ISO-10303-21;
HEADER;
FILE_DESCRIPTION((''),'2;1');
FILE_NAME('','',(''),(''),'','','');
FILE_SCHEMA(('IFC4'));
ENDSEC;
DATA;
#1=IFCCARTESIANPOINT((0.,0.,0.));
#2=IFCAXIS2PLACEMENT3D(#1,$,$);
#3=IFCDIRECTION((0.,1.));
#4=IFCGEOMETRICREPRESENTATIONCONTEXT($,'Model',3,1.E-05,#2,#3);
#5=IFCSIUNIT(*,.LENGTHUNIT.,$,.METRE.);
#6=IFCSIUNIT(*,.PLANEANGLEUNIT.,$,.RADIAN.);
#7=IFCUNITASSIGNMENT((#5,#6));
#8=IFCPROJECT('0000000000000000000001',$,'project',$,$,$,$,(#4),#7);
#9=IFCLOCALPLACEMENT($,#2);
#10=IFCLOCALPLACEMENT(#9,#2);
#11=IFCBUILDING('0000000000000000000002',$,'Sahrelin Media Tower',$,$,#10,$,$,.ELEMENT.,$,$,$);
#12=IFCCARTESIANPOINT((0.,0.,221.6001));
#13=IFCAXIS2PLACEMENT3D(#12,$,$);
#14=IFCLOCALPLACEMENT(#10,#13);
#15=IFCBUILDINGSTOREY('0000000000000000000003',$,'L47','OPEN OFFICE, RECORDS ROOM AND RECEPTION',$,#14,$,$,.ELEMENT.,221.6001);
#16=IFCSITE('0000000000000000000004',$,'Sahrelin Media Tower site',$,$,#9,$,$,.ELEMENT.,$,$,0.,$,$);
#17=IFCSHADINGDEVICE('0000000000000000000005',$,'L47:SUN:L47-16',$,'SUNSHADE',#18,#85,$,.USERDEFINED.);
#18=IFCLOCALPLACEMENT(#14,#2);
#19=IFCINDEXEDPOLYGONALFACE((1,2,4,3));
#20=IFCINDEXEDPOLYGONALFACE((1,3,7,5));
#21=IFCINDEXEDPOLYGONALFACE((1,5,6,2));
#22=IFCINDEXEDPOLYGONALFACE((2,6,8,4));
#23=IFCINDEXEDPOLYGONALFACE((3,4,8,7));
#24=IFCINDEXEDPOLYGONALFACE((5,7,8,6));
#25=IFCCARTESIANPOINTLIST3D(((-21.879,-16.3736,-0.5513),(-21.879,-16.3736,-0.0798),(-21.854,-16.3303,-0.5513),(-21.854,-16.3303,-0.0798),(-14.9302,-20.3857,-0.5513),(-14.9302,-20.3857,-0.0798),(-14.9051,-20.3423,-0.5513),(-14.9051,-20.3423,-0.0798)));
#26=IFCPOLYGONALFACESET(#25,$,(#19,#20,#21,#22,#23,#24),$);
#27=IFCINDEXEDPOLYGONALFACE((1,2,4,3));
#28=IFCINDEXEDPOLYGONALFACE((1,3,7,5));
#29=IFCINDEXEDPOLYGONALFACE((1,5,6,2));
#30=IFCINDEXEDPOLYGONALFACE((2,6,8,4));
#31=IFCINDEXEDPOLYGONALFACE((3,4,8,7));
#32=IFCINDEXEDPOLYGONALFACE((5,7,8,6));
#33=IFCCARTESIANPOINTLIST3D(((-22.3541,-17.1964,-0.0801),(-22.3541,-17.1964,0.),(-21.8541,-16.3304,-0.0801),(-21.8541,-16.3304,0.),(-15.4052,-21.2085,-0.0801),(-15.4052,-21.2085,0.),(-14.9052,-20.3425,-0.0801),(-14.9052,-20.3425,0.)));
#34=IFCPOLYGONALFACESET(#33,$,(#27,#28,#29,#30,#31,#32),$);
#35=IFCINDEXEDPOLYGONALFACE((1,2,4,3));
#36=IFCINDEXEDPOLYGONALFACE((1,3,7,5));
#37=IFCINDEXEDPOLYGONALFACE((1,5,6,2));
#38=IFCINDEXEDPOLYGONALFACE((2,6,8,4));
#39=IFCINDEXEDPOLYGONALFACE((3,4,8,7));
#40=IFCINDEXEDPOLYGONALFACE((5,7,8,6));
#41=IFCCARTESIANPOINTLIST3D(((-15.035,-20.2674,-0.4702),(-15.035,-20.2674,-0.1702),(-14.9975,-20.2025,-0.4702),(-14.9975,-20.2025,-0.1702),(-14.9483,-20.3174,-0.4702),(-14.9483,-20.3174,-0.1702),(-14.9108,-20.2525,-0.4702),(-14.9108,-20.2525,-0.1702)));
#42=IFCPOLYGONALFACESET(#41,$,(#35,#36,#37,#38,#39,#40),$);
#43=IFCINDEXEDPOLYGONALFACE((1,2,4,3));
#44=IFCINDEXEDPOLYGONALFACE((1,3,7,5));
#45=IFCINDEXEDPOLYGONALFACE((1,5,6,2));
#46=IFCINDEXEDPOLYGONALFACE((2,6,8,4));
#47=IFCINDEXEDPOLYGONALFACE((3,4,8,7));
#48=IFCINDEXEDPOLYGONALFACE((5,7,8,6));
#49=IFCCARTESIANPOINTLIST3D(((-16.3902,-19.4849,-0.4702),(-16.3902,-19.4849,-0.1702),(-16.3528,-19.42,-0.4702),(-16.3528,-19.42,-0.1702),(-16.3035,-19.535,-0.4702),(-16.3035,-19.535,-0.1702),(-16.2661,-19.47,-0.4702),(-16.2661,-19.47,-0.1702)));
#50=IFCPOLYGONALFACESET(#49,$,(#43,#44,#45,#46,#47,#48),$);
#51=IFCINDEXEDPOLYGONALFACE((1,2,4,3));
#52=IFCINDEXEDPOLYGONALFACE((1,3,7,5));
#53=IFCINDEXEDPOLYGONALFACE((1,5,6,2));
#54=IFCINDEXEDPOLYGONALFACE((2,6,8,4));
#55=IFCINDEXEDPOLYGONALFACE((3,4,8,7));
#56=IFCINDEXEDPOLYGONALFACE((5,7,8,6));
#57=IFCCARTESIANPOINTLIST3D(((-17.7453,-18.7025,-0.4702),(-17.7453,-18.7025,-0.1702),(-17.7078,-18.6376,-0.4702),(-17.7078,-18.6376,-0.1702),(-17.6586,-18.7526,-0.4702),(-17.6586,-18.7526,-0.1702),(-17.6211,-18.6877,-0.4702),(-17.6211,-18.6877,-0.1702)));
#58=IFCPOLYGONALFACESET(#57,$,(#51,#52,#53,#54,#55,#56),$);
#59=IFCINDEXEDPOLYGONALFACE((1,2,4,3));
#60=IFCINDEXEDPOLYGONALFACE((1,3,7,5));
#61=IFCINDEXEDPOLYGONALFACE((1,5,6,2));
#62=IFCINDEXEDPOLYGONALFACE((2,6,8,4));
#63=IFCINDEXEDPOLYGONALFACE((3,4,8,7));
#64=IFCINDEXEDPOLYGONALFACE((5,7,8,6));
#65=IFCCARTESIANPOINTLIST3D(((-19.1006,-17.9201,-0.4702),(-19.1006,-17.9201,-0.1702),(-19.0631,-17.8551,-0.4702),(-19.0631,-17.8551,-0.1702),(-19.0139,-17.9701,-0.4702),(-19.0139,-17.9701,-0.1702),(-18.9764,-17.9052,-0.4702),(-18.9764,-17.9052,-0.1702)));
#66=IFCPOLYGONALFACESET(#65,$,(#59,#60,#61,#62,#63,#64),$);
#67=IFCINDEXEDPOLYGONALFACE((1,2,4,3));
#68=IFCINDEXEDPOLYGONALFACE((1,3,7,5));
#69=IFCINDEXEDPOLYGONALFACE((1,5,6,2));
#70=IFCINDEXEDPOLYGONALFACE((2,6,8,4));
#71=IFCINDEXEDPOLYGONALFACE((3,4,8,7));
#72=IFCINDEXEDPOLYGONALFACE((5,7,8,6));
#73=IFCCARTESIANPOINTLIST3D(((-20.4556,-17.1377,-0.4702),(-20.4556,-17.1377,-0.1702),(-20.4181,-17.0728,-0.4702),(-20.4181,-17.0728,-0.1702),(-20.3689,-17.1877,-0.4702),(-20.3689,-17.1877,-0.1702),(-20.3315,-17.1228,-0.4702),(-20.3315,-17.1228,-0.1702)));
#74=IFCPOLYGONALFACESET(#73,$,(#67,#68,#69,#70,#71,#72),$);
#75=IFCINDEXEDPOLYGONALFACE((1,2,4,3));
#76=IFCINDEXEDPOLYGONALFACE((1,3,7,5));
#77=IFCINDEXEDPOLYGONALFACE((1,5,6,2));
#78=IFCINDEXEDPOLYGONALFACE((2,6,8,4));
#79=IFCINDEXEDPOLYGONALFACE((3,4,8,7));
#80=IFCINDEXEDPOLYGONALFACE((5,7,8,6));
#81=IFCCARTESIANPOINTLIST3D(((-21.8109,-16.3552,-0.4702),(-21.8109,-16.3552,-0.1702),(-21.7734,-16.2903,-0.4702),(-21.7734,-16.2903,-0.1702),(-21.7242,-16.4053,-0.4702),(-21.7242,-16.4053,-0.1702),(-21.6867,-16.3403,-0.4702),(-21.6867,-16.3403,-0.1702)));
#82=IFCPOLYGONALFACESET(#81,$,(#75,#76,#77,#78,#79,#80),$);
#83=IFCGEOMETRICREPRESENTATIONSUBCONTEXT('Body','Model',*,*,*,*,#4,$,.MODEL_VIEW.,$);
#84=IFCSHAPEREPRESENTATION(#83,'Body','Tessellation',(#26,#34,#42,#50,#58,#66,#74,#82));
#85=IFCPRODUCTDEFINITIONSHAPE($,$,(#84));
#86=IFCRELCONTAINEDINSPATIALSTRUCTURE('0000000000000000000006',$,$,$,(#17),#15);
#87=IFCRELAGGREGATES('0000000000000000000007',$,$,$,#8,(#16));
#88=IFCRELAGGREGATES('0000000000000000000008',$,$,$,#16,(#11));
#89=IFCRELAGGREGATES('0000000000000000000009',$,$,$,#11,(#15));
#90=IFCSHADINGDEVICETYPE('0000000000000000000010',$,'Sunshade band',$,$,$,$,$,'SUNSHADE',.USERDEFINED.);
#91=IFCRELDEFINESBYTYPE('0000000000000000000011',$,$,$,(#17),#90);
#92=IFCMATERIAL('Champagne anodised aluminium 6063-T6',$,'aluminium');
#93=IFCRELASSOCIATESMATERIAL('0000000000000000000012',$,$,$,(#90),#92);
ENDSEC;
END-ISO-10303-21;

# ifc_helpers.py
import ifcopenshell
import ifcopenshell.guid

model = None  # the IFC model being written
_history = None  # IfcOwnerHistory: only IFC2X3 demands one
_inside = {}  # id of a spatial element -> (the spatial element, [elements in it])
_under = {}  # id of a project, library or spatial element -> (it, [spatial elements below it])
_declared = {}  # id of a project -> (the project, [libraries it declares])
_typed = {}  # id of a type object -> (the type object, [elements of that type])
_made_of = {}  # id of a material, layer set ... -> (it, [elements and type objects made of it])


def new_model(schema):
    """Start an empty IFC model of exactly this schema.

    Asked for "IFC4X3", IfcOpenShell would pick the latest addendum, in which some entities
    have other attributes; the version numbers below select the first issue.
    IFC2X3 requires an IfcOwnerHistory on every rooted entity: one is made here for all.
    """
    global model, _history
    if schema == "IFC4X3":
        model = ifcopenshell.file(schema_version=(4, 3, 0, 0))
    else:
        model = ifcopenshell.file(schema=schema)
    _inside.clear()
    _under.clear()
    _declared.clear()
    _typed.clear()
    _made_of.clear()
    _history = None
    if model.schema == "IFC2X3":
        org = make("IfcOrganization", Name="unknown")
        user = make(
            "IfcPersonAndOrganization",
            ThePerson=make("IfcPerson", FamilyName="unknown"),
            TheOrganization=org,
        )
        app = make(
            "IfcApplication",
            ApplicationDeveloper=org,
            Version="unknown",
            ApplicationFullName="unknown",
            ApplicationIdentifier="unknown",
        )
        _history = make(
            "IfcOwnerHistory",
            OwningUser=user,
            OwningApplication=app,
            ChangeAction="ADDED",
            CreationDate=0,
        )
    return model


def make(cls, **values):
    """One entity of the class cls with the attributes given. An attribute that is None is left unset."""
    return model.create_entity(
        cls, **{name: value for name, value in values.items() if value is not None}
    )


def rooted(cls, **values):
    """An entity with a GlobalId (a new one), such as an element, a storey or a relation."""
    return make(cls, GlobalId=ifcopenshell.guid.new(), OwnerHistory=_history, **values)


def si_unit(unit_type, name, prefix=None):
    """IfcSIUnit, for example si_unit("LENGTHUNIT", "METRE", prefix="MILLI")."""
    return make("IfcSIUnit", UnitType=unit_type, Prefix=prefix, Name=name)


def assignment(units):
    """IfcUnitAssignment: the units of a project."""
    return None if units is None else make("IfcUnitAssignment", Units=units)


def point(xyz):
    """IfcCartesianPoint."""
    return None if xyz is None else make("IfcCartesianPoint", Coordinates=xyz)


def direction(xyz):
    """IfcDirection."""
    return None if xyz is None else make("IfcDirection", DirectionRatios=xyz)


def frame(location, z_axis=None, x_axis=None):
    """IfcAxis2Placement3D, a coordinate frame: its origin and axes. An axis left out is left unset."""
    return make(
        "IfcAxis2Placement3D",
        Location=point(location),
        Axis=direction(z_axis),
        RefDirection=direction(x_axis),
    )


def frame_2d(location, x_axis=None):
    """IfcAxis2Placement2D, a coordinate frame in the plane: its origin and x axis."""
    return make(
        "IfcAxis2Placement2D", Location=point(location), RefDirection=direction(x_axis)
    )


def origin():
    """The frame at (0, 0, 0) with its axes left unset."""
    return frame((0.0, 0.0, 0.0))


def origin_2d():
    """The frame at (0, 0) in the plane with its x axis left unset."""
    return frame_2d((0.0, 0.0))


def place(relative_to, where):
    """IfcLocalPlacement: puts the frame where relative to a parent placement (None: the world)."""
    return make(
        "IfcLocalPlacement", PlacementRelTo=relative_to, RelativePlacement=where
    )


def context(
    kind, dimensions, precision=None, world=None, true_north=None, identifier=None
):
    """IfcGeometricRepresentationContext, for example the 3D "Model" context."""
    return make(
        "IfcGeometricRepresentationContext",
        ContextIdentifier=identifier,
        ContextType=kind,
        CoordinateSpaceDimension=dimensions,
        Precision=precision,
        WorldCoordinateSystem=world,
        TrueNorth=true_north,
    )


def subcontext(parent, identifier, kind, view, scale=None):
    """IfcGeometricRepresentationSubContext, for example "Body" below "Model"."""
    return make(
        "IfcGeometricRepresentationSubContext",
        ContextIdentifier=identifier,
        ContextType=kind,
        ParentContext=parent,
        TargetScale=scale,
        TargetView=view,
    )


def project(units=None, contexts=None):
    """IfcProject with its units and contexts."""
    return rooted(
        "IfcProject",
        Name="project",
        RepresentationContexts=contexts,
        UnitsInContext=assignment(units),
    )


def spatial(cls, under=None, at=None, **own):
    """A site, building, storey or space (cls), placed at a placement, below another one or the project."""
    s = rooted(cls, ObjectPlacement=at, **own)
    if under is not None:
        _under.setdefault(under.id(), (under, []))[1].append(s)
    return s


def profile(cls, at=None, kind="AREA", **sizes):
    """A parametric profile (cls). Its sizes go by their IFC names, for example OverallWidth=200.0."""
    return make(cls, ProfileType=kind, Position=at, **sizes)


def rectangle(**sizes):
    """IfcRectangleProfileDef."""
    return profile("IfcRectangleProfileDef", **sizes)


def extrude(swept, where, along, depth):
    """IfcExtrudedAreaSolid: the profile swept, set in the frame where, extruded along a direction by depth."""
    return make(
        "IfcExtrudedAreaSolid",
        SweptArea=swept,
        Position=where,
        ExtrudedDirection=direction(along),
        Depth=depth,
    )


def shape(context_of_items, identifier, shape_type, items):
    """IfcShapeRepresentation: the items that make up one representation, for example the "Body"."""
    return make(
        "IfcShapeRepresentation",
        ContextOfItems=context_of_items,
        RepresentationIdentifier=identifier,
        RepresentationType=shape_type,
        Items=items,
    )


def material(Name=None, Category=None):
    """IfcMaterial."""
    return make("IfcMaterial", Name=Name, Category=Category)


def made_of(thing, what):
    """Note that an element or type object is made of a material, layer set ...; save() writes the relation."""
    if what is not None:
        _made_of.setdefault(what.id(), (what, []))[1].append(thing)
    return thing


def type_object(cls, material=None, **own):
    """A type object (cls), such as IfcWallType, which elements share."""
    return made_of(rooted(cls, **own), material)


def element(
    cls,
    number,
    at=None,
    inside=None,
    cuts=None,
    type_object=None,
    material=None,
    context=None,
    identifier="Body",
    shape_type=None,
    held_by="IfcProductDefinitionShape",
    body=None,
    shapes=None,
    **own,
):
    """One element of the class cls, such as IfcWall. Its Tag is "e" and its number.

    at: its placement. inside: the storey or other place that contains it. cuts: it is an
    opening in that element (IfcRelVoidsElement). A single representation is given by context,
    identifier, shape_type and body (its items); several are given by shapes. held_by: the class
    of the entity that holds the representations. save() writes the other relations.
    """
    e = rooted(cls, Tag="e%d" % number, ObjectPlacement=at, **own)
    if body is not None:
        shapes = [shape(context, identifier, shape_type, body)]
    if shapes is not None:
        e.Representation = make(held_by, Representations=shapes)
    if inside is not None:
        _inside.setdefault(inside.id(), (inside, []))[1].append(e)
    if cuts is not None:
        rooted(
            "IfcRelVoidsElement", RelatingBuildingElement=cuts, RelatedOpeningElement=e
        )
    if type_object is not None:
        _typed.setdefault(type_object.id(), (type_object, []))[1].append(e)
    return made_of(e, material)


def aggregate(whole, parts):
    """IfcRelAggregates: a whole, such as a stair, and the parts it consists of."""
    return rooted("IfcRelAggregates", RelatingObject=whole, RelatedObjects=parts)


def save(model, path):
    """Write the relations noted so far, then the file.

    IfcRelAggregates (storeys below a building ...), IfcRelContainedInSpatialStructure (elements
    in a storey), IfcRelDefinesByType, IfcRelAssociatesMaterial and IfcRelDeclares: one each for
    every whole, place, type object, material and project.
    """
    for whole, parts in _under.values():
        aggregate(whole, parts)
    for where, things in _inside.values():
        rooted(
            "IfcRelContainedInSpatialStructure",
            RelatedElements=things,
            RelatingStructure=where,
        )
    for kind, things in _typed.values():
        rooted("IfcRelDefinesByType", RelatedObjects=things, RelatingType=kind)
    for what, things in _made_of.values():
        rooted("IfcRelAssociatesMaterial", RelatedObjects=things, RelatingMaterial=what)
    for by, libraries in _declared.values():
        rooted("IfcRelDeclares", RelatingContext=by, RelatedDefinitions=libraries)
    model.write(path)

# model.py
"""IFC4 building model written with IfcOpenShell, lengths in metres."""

from ifc_helpers import new_model, si_unit, direction, frame, origin, origin_2d, place, context, subcontext, project, spatial, rectangle, extrude, material, type_object, element, save


model = new_model("IFC4")

# Units and contexts
model_context = context("Model", 3, precision=1e-05, world=origin(), true_north=direction((0.0, 1.0)))
body_context = subcontext(model_context, "Body", "Model", "MODEL_VIEW")
ifc_project = project(units=[si_unit("LENGTHUNIT", "METRE"), si_unit("PLANEANGLEUNIT", "RADIAN")], contexts=[model_context])

# Site, building, storey
site_placement = place(None, origin())
site = spatial("IfcSite", under=ifc_project, at=site_placement, Name="Sahrelin Media Tower site", CompositionType="ELEMENT", RefElevation=0.0)
building_placement = place(site_placement, origin())
building = spatial("IfcBuilding", under=site, at=building_placement, Name="Sahrelin Media Tower", CompositionType="ELEMENT")
storey_placement = place(building_placement, frame((0.0, 0.0, 221.6001)))
storey = spatial("IfcBuildingStorey", under=building, at=storey_placement, Name="L47", Description="OPEN OFFICE, RECORDS ROOM AND RECEPTION", CompositionType="ELEMENT", Elevation=221.6001)

# Shared definitions
ifc_material_1 = material(Name="Champagne anodised aluminium 6063-T6", Category="aluminium")

# Shared definitions
placement = place(storey_placement, frame((-18.3696, -18.3191, 0.0), z_axis=(0.0, 0.0, 1.0), x_axis=(-0.866019, 0.500011, 0.0)))

# Shading device
shading_device_type_1 = type_object("IfcShadingDeviceType", Name="Sunshade band", ElementType="SUNSHADE", PredefinedType="USERDEFINED", material=ifc_material_1)
element("IfcShadingDevice", 1, at=placement, inside=storey, type_object=shading_device_type_1, Name="L47:SUN:L47-16", ObjectType="SUNSHADE", PredefinedType="USERDEFINED", context=body_context, shape_type="SweptSolid", body=[
    extrude(rectangle(XDim=8.0239, YDim=0.05, at=origin_2d()), frame((0.0, 0.0449, -0.5513)), (0.0, 0.0, 1.0), 0.4714),
    extrude(rectangle(XDim=8.0239, YDim=1.0, at=origin_2d()), frame((0.0, 0.52, -0.0801)), (0.0, 0.0, 1.0), 0.0801),
    extrude(rectangle(XDim=0.1001, YDim=0.075, at=origin_2d()), frame((-3.9121, -0.0176, -0.4702)), (0.0, 0.0, 1.0), 0.3),
    extrude(rectangle(XDim=0.1001, YDim=0.075, at=origin_2d()), frame((-2.3472, -0.0176, -0.4702)), (0.0, 0.0, 1.0), 0.3),
    extrude(rectangle(XDim=0.1001, YDim=0.075, at=origin_2d()), frame((-0.7825, -0.0176, -0.4702)), (0.0, 0.0, 1.0), 0.3),
    extrude(rectangle(XDim=0.1001, YDim=0.075, at=origin_2d()), frame((0.7825, -0.0176, -0.4702)), (0.0, 0.0, 1.0), 0.3),
    extrude(rectangle(XDim=0.1001, YDim=0.075, at=origin_2d()), frame((2.3472, -0.0176, -0.4702)), (0.0, 0.0, 1.0), 0.3),
    extrude(rectangle(XDim=0.1001, YDim=0.075, at=origin_2d()), frame((3.9121, -0.0176, -0.4702)), (0.0, 0.0, 1.0), 0.3),
])

save(model, "model.ifc")
